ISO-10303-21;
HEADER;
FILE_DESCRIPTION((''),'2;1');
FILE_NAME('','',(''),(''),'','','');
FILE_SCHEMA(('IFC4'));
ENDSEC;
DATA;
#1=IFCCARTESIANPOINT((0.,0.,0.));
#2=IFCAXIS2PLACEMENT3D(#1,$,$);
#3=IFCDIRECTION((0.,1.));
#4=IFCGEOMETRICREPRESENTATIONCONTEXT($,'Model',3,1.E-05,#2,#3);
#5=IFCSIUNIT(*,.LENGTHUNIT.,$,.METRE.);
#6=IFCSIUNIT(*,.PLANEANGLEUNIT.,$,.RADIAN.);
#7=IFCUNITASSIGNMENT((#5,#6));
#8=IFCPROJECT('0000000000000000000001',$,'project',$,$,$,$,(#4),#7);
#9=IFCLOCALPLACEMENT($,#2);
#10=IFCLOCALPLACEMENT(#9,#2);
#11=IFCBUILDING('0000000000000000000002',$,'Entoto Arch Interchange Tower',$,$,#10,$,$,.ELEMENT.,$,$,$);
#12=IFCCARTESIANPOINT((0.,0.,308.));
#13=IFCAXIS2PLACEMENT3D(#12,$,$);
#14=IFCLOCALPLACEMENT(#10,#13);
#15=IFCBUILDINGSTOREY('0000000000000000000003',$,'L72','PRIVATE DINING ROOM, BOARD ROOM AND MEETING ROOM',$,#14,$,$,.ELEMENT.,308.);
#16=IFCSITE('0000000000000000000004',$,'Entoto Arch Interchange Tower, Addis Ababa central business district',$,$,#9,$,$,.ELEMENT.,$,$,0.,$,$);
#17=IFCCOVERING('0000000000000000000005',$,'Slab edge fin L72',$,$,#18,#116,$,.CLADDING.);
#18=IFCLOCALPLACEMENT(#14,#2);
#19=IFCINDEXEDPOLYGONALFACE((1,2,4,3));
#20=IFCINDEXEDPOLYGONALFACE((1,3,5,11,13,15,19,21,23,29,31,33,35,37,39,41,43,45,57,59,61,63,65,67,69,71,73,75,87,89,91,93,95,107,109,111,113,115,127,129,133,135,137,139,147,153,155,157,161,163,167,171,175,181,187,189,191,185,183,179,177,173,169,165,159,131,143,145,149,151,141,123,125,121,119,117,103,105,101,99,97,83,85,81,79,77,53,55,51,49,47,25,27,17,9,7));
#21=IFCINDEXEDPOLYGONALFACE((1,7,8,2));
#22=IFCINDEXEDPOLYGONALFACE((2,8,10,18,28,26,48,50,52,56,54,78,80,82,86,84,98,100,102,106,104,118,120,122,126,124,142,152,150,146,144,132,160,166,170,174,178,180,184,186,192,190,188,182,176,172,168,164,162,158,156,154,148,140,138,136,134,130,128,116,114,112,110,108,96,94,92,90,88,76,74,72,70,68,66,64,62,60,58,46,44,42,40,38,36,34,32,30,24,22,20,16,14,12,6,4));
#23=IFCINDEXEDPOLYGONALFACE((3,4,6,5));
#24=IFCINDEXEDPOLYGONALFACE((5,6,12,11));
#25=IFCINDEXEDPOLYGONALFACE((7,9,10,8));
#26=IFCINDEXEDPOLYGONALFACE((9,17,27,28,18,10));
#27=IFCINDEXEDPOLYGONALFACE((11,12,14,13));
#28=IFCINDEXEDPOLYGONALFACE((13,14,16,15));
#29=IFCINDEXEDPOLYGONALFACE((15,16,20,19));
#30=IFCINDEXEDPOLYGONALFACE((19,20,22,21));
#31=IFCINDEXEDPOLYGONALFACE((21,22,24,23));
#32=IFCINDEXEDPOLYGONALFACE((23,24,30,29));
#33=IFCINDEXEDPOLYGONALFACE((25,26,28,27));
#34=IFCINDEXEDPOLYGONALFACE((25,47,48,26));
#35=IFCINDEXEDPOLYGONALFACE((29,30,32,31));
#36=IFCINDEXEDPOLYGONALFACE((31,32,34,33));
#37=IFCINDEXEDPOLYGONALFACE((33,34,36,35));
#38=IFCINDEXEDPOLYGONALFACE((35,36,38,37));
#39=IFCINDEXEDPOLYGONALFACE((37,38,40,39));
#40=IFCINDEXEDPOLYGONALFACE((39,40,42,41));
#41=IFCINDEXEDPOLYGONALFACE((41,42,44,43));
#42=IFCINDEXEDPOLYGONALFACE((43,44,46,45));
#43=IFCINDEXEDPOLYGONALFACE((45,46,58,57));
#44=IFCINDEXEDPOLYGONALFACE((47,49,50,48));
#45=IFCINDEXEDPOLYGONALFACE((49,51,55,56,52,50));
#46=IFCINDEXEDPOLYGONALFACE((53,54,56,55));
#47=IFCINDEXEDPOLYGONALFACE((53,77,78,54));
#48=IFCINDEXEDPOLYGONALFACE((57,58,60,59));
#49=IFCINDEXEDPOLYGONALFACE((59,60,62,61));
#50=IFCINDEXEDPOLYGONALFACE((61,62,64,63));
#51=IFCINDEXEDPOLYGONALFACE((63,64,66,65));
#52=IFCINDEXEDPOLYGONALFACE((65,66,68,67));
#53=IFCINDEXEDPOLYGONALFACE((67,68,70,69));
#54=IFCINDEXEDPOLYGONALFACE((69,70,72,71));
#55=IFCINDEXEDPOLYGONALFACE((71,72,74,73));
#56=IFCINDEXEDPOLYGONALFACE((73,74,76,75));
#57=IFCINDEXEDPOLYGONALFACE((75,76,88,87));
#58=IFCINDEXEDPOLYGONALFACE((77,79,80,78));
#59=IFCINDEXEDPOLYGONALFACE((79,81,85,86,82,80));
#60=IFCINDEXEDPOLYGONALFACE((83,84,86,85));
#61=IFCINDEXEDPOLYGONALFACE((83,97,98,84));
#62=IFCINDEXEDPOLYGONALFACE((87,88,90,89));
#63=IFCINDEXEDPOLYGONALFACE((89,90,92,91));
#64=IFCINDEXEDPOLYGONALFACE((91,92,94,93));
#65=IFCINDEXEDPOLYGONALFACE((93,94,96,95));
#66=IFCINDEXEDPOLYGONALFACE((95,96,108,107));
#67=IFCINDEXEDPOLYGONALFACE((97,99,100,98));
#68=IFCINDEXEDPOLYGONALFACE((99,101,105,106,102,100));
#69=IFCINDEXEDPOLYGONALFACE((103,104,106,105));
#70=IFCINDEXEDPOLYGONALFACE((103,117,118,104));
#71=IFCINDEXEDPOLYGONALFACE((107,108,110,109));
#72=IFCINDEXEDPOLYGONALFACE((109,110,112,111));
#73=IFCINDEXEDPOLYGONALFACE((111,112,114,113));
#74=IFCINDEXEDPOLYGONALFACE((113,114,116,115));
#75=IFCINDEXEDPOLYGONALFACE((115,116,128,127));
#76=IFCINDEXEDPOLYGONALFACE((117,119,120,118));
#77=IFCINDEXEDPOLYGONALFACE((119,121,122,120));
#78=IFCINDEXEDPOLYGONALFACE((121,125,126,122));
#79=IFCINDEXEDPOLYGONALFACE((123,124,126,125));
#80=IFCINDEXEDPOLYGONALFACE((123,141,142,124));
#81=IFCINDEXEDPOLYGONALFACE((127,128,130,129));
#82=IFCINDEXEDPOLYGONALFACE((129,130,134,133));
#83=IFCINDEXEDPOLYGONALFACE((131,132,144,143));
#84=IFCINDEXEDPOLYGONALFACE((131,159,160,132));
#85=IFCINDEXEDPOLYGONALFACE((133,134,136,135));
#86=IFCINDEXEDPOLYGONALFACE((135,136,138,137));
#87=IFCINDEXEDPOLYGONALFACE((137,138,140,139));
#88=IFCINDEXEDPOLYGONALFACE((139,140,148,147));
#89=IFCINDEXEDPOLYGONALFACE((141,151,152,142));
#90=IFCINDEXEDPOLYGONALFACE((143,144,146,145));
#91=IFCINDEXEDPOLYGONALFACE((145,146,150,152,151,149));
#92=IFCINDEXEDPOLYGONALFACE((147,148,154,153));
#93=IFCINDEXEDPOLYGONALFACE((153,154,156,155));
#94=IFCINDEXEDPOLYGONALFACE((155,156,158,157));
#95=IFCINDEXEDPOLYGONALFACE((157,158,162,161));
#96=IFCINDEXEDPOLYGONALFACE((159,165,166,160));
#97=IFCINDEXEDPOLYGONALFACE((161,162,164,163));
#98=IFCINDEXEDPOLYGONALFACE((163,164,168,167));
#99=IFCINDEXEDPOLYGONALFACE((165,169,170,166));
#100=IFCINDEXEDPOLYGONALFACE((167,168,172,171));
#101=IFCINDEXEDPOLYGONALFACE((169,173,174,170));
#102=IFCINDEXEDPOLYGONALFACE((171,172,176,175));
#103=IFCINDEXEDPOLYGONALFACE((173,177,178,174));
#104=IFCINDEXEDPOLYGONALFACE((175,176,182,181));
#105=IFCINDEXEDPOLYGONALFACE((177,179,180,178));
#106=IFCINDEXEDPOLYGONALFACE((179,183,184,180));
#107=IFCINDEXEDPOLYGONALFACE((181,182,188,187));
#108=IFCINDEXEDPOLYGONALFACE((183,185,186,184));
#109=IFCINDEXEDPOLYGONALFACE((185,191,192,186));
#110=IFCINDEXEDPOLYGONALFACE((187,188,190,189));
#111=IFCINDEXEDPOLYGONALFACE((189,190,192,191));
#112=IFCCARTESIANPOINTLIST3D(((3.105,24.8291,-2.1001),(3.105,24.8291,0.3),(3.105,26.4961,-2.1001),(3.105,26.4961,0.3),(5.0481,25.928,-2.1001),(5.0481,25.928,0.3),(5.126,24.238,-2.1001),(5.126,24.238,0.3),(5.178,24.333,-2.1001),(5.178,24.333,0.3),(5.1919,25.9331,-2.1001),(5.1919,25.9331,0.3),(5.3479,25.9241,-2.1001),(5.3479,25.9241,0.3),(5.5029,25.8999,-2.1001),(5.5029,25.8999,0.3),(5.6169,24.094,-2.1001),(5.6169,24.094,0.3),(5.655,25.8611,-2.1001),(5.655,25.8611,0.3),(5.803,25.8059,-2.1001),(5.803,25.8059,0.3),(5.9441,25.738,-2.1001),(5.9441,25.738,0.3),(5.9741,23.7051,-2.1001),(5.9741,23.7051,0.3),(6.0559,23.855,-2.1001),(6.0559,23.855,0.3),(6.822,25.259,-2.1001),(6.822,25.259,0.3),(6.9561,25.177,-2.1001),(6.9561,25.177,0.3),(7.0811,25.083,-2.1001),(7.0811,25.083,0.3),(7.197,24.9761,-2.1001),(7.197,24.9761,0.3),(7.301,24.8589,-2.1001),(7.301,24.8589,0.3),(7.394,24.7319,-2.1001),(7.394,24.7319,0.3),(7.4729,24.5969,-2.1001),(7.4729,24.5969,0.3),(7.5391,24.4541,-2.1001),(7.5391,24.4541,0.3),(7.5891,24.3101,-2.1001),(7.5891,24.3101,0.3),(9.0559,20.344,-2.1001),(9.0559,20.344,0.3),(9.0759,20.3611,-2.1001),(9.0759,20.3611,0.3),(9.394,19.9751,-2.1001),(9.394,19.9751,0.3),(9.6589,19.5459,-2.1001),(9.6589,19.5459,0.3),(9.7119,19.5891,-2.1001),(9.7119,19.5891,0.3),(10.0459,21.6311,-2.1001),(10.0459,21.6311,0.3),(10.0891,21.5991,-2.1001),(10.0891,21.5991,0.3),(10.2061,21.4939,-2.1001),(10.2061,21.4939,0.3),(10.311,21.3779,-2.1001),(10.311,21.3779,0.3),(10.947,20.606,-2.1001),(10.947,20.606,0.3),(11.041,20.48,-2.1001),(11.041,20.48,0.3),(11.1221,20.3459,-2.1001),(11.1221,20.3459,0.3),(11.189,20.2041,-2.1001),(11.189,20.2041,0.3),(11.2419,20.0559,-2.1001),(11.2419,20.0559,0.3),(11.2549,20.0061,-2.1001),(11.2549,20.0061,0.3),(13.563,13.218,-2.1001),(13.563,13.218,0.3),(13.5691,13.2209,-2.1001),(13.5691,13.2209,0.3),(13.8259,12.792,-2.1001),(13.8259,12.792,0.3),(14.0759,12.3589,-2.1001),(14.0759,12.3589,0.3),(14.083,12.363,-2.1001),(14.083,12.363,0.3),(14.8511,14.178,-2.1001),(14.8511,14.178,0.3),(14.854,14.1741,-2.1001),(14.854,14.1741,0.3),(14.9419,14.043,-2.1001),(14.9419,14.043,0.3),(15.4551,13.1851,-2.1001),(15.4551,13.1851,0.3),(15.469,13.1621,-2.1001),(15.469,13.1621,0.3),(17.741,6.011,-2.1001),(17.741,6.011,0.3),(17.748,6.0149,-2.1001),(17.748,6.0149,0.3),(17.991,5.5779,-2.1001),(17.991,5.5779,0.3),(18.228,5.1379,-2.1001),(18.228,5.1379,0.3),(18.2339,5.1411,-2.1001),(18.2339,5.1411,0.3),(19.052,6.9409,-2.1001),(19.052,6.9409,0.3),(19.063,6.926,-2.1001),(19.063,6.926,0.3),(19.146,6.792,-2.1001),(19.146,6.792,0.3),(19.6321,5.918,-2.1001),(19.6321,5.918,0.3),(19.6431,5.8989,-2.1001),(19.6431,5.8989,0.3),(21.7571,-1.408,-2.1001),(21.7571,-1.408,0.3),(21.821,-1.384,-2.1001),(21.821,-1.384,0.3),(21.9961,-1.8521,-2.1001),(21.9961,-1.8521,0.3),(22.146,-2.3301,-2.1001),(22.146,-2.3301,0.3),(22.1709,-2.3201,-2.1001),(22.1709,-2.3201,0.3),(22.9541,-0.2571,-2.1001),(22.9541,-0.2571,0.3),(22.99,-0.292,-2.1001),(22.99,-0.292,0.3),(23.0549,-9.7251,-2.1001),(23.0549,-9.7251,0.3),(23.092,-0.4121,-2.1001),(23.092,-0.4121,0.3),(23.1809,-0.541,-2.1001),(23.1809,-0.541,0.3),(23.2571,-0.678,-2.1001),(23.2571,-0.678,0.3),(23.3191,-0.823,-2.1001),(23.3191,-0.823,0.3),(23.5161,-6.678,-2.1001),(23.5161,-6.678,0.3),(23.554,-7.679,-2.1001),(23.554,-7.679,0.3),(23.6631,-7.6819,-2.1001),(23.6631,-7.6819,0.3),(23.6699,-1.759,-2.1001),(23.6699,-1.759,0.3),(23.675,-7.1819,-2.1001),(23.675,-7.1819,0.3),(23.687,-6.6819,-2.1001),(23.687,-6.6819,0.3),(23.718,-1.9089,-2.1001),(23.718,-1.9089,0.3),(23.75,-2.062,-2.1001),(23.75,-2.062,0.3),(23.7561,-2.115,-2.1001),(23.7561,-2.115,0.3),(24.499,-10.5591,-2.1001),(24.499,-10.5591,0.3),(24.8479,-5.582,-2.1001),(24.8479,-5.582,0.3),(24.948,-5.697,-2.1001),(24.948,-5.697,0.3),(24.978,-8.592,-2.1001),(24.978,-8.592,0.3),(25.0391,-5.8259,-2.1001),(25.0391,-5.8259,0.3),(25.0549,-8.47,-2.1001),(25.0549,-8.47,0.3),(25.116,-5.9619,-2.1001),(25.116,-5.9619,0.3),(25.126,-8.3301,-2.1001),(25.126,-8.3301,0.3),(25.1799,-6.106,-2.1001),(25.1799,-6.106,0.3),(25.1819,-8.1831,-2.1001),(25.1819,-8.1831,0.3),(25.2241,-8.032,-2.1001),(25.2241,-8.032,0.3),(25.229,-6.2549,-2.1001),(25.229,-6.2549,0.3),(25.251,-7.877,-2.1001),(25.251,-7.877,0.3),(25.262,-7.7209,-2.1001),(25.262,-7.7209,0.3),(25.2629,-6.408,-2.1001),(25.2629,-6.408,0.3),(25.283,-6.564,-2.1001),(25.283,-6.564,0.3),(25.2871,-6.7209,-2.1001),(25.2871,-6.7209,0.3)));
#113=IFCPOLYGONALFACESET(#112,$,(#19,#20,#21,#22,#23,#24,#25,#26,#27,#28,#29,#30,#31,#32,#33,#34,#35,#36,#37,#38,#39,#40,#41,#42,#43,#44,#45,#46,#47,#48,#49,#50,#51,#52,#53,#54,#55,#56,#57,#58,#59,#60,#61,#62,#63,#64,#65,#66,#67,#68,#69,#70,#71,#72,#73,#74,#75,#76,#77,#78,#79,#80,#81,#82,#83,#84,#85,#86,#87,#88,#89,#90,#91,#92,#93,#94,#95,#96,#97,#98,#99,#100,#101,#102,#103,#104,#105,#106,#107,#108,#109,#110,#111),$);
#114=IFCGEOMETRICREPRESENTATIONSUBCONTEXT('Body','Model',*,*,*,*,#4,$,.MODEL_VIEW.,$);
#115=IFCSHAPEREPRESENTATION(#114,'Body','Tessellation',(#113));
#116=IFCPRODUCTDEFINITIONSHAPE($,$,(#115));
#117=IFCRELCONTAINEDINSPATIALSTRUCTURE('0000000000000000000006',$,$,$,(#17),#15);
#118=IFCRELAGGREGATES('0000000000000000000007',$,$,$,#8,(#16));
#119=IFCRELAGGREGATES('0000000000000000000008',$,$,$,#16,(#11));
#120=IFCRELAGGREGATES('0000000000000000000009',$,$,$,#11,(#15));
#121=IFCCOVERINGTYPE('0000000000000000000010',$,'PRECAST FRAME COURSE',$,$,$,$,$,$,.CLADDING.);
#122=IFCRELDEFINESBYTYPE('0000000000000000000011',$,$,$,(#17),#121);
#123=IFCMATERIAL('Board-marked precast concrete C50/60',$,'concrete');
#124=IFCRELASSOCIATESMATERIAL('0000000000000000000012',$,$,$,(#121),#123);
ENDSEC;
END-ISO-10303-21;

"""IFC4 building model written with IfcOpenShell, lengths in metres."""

from ifc_helpers import new_model, si_unit, direction, frame, origin, place, context, subcontext, project, spatial, polyline, outline, extrude, material, type_object, element, save


model = new_model("IFC4")

# Units and contexts
model_context = context("Model", 3, precision=1e-05, world=origin(), true_north=direction((0.0, 1.0)))
body_context = subcontext(model_context, "Body", "Model", "MODEL_VIEW")
ifc_project = project(units=[si_unit("LENGTHUNIT", "METRE"), si_unit("PLANEANGLEUNIT", "RADIAN")], contexts=[model_context])

# Site, building, storey
site_placement = place(None, origin())
site = spatial("IfcSite", under=ifc_project, at=site_placement, Name="Entoto Arch Interchange Tower, Addis Ababa central business district", CompositionType="ELEMENT", RefElevation=0.0)
building_placement = place(site_placement, origin())
building = spatial("IfcBuilding", under=site, at=building_placement, Name="Entoto Arch Interchange Tower", CompositionType="ELEMENT")
storey_placement = place(building_placement, frame((0.0, 0.0, 308.0)))
storey = spatial("IfcBuildingStorey", under=building, at=storey_placement, Name="L72", Description="PRIVATE DINING ROOM, BOARD ROOM AND MEETING ROOM", CompositionType="ELEMENT", Elevation=308.0)

# Covering
ifc_material_1 = material(Name="Board-marked precast concrete C50/60", Category="concrete")
covering_type = type_object("IfcCoveringType", Name="PRECAST FRAME COURSE", PredefinedType="CLADDING", material=ifc_material_1)
covering_1_placement = place(storey_placement, frame((0.0, 0.0, -2.1001)))
element("IfcCovering", 1, at=covering_1_placement, inside=storey, type_object=covering_type, Name="Slab edge fin L72", PredefinedType="CLADDING", context=body_context, shape_type="SweptSolid", body=[
    extrude(outline(polyline([(5.5029, 25.8999), (5.655, 25.8611), (5.803, 25.8059), (5.9441, 25.738), (6.822, 25.259), (6.9561, 25.177), (7.0811, 25.083), (7.197, 24.9761), (7.301, 24.8589), (7.394, 24.7319), (7.4729, 24.5969), (7.5391, 24.4541), (7.5891, 24.3101), (10.0459, 21.6311), (10.0891, 21.5991), (10.2061, 21.4939), (10.311, 21.3779), (10.947, 20.606), (11.041, 20.48), (11.1221, 20.3459), (11.189, 20.2041), (11.2419, 20.0559), (11.2549, 20.0061), (14.8511, 14.178), (14.854, 14.1741), (14.9419, 14.043), (15.4551, 13.1851), (15.469, 13.1621), (19.052, 6.9409), (19.063, 6.926), (19.146, 6.792), (19.6321, 5.918), (19.6431, 5.8989), (22.9541, -0.2571), (22.99, -0.292), (23.092, -0.4121), (23.1809, -0.541), (23.2571, -0.678), (23.3191, -0.823), (23.6699, -1.759), (23.718, -1.9089), (23.75, -2.062), (23.7561, -2.115), (24.8479, -5.582), (24.948, -5.697), (25.0391, -5.8259), (25.116, -5.9619), (25.1799, -6.106), (25.229, -6.2549), (25.2629, -6.408), (25.283, -6.564), (25.2871, -6.7209), (25.262, -7.7209), (25.251, -7.877), (25.2241, -8.032), (25.1819, -8.1831), (25.126, -8.3301), (25.0549, -8.47), (24.978, -8.592), (24.499, -10.5591), (23.0549, -9.7251), (23.554, -7.679), (23.6631, -7.6819), (23.675, -7.1819), (23.687, -6.6819), (23.5161, -6.678), (22.146, -2.3301), (22.1709, -2.3201), (21.9961, -1.8521), (21.821, -1.384), (21.7571, -1.408), (18.228, 5.1379), (18.2339, 5.1411), (17.991, 5.5779), (17.748, 6.0149), (17.741, 6.011), (14.0759, 12.3589), (14.083, 12.363), (13.8259, 12.792), (13.5691, 13.2209), (13.563, 13.218), (9.6589, 19.5459), (9.7119, 19.5891), (9.394, 19.9751), (9.0759, 20.3611), (9.0559, 20.344), (5.9741, 23.7051), (6.0559, 23.855), (5.6169, 24.094), (5.178, 24.333), (5.126, 24.238), (3.105, 24.8291), (3.105, 26.4961), (5.0481, 25.928), (5.1919, 25.9331), (5.3479, 25.9241), (5.5029, 25.8999)])), origin(), (0.0, 0.0, 1.0), 2.4001),
])

save(model, "model.ifc")
